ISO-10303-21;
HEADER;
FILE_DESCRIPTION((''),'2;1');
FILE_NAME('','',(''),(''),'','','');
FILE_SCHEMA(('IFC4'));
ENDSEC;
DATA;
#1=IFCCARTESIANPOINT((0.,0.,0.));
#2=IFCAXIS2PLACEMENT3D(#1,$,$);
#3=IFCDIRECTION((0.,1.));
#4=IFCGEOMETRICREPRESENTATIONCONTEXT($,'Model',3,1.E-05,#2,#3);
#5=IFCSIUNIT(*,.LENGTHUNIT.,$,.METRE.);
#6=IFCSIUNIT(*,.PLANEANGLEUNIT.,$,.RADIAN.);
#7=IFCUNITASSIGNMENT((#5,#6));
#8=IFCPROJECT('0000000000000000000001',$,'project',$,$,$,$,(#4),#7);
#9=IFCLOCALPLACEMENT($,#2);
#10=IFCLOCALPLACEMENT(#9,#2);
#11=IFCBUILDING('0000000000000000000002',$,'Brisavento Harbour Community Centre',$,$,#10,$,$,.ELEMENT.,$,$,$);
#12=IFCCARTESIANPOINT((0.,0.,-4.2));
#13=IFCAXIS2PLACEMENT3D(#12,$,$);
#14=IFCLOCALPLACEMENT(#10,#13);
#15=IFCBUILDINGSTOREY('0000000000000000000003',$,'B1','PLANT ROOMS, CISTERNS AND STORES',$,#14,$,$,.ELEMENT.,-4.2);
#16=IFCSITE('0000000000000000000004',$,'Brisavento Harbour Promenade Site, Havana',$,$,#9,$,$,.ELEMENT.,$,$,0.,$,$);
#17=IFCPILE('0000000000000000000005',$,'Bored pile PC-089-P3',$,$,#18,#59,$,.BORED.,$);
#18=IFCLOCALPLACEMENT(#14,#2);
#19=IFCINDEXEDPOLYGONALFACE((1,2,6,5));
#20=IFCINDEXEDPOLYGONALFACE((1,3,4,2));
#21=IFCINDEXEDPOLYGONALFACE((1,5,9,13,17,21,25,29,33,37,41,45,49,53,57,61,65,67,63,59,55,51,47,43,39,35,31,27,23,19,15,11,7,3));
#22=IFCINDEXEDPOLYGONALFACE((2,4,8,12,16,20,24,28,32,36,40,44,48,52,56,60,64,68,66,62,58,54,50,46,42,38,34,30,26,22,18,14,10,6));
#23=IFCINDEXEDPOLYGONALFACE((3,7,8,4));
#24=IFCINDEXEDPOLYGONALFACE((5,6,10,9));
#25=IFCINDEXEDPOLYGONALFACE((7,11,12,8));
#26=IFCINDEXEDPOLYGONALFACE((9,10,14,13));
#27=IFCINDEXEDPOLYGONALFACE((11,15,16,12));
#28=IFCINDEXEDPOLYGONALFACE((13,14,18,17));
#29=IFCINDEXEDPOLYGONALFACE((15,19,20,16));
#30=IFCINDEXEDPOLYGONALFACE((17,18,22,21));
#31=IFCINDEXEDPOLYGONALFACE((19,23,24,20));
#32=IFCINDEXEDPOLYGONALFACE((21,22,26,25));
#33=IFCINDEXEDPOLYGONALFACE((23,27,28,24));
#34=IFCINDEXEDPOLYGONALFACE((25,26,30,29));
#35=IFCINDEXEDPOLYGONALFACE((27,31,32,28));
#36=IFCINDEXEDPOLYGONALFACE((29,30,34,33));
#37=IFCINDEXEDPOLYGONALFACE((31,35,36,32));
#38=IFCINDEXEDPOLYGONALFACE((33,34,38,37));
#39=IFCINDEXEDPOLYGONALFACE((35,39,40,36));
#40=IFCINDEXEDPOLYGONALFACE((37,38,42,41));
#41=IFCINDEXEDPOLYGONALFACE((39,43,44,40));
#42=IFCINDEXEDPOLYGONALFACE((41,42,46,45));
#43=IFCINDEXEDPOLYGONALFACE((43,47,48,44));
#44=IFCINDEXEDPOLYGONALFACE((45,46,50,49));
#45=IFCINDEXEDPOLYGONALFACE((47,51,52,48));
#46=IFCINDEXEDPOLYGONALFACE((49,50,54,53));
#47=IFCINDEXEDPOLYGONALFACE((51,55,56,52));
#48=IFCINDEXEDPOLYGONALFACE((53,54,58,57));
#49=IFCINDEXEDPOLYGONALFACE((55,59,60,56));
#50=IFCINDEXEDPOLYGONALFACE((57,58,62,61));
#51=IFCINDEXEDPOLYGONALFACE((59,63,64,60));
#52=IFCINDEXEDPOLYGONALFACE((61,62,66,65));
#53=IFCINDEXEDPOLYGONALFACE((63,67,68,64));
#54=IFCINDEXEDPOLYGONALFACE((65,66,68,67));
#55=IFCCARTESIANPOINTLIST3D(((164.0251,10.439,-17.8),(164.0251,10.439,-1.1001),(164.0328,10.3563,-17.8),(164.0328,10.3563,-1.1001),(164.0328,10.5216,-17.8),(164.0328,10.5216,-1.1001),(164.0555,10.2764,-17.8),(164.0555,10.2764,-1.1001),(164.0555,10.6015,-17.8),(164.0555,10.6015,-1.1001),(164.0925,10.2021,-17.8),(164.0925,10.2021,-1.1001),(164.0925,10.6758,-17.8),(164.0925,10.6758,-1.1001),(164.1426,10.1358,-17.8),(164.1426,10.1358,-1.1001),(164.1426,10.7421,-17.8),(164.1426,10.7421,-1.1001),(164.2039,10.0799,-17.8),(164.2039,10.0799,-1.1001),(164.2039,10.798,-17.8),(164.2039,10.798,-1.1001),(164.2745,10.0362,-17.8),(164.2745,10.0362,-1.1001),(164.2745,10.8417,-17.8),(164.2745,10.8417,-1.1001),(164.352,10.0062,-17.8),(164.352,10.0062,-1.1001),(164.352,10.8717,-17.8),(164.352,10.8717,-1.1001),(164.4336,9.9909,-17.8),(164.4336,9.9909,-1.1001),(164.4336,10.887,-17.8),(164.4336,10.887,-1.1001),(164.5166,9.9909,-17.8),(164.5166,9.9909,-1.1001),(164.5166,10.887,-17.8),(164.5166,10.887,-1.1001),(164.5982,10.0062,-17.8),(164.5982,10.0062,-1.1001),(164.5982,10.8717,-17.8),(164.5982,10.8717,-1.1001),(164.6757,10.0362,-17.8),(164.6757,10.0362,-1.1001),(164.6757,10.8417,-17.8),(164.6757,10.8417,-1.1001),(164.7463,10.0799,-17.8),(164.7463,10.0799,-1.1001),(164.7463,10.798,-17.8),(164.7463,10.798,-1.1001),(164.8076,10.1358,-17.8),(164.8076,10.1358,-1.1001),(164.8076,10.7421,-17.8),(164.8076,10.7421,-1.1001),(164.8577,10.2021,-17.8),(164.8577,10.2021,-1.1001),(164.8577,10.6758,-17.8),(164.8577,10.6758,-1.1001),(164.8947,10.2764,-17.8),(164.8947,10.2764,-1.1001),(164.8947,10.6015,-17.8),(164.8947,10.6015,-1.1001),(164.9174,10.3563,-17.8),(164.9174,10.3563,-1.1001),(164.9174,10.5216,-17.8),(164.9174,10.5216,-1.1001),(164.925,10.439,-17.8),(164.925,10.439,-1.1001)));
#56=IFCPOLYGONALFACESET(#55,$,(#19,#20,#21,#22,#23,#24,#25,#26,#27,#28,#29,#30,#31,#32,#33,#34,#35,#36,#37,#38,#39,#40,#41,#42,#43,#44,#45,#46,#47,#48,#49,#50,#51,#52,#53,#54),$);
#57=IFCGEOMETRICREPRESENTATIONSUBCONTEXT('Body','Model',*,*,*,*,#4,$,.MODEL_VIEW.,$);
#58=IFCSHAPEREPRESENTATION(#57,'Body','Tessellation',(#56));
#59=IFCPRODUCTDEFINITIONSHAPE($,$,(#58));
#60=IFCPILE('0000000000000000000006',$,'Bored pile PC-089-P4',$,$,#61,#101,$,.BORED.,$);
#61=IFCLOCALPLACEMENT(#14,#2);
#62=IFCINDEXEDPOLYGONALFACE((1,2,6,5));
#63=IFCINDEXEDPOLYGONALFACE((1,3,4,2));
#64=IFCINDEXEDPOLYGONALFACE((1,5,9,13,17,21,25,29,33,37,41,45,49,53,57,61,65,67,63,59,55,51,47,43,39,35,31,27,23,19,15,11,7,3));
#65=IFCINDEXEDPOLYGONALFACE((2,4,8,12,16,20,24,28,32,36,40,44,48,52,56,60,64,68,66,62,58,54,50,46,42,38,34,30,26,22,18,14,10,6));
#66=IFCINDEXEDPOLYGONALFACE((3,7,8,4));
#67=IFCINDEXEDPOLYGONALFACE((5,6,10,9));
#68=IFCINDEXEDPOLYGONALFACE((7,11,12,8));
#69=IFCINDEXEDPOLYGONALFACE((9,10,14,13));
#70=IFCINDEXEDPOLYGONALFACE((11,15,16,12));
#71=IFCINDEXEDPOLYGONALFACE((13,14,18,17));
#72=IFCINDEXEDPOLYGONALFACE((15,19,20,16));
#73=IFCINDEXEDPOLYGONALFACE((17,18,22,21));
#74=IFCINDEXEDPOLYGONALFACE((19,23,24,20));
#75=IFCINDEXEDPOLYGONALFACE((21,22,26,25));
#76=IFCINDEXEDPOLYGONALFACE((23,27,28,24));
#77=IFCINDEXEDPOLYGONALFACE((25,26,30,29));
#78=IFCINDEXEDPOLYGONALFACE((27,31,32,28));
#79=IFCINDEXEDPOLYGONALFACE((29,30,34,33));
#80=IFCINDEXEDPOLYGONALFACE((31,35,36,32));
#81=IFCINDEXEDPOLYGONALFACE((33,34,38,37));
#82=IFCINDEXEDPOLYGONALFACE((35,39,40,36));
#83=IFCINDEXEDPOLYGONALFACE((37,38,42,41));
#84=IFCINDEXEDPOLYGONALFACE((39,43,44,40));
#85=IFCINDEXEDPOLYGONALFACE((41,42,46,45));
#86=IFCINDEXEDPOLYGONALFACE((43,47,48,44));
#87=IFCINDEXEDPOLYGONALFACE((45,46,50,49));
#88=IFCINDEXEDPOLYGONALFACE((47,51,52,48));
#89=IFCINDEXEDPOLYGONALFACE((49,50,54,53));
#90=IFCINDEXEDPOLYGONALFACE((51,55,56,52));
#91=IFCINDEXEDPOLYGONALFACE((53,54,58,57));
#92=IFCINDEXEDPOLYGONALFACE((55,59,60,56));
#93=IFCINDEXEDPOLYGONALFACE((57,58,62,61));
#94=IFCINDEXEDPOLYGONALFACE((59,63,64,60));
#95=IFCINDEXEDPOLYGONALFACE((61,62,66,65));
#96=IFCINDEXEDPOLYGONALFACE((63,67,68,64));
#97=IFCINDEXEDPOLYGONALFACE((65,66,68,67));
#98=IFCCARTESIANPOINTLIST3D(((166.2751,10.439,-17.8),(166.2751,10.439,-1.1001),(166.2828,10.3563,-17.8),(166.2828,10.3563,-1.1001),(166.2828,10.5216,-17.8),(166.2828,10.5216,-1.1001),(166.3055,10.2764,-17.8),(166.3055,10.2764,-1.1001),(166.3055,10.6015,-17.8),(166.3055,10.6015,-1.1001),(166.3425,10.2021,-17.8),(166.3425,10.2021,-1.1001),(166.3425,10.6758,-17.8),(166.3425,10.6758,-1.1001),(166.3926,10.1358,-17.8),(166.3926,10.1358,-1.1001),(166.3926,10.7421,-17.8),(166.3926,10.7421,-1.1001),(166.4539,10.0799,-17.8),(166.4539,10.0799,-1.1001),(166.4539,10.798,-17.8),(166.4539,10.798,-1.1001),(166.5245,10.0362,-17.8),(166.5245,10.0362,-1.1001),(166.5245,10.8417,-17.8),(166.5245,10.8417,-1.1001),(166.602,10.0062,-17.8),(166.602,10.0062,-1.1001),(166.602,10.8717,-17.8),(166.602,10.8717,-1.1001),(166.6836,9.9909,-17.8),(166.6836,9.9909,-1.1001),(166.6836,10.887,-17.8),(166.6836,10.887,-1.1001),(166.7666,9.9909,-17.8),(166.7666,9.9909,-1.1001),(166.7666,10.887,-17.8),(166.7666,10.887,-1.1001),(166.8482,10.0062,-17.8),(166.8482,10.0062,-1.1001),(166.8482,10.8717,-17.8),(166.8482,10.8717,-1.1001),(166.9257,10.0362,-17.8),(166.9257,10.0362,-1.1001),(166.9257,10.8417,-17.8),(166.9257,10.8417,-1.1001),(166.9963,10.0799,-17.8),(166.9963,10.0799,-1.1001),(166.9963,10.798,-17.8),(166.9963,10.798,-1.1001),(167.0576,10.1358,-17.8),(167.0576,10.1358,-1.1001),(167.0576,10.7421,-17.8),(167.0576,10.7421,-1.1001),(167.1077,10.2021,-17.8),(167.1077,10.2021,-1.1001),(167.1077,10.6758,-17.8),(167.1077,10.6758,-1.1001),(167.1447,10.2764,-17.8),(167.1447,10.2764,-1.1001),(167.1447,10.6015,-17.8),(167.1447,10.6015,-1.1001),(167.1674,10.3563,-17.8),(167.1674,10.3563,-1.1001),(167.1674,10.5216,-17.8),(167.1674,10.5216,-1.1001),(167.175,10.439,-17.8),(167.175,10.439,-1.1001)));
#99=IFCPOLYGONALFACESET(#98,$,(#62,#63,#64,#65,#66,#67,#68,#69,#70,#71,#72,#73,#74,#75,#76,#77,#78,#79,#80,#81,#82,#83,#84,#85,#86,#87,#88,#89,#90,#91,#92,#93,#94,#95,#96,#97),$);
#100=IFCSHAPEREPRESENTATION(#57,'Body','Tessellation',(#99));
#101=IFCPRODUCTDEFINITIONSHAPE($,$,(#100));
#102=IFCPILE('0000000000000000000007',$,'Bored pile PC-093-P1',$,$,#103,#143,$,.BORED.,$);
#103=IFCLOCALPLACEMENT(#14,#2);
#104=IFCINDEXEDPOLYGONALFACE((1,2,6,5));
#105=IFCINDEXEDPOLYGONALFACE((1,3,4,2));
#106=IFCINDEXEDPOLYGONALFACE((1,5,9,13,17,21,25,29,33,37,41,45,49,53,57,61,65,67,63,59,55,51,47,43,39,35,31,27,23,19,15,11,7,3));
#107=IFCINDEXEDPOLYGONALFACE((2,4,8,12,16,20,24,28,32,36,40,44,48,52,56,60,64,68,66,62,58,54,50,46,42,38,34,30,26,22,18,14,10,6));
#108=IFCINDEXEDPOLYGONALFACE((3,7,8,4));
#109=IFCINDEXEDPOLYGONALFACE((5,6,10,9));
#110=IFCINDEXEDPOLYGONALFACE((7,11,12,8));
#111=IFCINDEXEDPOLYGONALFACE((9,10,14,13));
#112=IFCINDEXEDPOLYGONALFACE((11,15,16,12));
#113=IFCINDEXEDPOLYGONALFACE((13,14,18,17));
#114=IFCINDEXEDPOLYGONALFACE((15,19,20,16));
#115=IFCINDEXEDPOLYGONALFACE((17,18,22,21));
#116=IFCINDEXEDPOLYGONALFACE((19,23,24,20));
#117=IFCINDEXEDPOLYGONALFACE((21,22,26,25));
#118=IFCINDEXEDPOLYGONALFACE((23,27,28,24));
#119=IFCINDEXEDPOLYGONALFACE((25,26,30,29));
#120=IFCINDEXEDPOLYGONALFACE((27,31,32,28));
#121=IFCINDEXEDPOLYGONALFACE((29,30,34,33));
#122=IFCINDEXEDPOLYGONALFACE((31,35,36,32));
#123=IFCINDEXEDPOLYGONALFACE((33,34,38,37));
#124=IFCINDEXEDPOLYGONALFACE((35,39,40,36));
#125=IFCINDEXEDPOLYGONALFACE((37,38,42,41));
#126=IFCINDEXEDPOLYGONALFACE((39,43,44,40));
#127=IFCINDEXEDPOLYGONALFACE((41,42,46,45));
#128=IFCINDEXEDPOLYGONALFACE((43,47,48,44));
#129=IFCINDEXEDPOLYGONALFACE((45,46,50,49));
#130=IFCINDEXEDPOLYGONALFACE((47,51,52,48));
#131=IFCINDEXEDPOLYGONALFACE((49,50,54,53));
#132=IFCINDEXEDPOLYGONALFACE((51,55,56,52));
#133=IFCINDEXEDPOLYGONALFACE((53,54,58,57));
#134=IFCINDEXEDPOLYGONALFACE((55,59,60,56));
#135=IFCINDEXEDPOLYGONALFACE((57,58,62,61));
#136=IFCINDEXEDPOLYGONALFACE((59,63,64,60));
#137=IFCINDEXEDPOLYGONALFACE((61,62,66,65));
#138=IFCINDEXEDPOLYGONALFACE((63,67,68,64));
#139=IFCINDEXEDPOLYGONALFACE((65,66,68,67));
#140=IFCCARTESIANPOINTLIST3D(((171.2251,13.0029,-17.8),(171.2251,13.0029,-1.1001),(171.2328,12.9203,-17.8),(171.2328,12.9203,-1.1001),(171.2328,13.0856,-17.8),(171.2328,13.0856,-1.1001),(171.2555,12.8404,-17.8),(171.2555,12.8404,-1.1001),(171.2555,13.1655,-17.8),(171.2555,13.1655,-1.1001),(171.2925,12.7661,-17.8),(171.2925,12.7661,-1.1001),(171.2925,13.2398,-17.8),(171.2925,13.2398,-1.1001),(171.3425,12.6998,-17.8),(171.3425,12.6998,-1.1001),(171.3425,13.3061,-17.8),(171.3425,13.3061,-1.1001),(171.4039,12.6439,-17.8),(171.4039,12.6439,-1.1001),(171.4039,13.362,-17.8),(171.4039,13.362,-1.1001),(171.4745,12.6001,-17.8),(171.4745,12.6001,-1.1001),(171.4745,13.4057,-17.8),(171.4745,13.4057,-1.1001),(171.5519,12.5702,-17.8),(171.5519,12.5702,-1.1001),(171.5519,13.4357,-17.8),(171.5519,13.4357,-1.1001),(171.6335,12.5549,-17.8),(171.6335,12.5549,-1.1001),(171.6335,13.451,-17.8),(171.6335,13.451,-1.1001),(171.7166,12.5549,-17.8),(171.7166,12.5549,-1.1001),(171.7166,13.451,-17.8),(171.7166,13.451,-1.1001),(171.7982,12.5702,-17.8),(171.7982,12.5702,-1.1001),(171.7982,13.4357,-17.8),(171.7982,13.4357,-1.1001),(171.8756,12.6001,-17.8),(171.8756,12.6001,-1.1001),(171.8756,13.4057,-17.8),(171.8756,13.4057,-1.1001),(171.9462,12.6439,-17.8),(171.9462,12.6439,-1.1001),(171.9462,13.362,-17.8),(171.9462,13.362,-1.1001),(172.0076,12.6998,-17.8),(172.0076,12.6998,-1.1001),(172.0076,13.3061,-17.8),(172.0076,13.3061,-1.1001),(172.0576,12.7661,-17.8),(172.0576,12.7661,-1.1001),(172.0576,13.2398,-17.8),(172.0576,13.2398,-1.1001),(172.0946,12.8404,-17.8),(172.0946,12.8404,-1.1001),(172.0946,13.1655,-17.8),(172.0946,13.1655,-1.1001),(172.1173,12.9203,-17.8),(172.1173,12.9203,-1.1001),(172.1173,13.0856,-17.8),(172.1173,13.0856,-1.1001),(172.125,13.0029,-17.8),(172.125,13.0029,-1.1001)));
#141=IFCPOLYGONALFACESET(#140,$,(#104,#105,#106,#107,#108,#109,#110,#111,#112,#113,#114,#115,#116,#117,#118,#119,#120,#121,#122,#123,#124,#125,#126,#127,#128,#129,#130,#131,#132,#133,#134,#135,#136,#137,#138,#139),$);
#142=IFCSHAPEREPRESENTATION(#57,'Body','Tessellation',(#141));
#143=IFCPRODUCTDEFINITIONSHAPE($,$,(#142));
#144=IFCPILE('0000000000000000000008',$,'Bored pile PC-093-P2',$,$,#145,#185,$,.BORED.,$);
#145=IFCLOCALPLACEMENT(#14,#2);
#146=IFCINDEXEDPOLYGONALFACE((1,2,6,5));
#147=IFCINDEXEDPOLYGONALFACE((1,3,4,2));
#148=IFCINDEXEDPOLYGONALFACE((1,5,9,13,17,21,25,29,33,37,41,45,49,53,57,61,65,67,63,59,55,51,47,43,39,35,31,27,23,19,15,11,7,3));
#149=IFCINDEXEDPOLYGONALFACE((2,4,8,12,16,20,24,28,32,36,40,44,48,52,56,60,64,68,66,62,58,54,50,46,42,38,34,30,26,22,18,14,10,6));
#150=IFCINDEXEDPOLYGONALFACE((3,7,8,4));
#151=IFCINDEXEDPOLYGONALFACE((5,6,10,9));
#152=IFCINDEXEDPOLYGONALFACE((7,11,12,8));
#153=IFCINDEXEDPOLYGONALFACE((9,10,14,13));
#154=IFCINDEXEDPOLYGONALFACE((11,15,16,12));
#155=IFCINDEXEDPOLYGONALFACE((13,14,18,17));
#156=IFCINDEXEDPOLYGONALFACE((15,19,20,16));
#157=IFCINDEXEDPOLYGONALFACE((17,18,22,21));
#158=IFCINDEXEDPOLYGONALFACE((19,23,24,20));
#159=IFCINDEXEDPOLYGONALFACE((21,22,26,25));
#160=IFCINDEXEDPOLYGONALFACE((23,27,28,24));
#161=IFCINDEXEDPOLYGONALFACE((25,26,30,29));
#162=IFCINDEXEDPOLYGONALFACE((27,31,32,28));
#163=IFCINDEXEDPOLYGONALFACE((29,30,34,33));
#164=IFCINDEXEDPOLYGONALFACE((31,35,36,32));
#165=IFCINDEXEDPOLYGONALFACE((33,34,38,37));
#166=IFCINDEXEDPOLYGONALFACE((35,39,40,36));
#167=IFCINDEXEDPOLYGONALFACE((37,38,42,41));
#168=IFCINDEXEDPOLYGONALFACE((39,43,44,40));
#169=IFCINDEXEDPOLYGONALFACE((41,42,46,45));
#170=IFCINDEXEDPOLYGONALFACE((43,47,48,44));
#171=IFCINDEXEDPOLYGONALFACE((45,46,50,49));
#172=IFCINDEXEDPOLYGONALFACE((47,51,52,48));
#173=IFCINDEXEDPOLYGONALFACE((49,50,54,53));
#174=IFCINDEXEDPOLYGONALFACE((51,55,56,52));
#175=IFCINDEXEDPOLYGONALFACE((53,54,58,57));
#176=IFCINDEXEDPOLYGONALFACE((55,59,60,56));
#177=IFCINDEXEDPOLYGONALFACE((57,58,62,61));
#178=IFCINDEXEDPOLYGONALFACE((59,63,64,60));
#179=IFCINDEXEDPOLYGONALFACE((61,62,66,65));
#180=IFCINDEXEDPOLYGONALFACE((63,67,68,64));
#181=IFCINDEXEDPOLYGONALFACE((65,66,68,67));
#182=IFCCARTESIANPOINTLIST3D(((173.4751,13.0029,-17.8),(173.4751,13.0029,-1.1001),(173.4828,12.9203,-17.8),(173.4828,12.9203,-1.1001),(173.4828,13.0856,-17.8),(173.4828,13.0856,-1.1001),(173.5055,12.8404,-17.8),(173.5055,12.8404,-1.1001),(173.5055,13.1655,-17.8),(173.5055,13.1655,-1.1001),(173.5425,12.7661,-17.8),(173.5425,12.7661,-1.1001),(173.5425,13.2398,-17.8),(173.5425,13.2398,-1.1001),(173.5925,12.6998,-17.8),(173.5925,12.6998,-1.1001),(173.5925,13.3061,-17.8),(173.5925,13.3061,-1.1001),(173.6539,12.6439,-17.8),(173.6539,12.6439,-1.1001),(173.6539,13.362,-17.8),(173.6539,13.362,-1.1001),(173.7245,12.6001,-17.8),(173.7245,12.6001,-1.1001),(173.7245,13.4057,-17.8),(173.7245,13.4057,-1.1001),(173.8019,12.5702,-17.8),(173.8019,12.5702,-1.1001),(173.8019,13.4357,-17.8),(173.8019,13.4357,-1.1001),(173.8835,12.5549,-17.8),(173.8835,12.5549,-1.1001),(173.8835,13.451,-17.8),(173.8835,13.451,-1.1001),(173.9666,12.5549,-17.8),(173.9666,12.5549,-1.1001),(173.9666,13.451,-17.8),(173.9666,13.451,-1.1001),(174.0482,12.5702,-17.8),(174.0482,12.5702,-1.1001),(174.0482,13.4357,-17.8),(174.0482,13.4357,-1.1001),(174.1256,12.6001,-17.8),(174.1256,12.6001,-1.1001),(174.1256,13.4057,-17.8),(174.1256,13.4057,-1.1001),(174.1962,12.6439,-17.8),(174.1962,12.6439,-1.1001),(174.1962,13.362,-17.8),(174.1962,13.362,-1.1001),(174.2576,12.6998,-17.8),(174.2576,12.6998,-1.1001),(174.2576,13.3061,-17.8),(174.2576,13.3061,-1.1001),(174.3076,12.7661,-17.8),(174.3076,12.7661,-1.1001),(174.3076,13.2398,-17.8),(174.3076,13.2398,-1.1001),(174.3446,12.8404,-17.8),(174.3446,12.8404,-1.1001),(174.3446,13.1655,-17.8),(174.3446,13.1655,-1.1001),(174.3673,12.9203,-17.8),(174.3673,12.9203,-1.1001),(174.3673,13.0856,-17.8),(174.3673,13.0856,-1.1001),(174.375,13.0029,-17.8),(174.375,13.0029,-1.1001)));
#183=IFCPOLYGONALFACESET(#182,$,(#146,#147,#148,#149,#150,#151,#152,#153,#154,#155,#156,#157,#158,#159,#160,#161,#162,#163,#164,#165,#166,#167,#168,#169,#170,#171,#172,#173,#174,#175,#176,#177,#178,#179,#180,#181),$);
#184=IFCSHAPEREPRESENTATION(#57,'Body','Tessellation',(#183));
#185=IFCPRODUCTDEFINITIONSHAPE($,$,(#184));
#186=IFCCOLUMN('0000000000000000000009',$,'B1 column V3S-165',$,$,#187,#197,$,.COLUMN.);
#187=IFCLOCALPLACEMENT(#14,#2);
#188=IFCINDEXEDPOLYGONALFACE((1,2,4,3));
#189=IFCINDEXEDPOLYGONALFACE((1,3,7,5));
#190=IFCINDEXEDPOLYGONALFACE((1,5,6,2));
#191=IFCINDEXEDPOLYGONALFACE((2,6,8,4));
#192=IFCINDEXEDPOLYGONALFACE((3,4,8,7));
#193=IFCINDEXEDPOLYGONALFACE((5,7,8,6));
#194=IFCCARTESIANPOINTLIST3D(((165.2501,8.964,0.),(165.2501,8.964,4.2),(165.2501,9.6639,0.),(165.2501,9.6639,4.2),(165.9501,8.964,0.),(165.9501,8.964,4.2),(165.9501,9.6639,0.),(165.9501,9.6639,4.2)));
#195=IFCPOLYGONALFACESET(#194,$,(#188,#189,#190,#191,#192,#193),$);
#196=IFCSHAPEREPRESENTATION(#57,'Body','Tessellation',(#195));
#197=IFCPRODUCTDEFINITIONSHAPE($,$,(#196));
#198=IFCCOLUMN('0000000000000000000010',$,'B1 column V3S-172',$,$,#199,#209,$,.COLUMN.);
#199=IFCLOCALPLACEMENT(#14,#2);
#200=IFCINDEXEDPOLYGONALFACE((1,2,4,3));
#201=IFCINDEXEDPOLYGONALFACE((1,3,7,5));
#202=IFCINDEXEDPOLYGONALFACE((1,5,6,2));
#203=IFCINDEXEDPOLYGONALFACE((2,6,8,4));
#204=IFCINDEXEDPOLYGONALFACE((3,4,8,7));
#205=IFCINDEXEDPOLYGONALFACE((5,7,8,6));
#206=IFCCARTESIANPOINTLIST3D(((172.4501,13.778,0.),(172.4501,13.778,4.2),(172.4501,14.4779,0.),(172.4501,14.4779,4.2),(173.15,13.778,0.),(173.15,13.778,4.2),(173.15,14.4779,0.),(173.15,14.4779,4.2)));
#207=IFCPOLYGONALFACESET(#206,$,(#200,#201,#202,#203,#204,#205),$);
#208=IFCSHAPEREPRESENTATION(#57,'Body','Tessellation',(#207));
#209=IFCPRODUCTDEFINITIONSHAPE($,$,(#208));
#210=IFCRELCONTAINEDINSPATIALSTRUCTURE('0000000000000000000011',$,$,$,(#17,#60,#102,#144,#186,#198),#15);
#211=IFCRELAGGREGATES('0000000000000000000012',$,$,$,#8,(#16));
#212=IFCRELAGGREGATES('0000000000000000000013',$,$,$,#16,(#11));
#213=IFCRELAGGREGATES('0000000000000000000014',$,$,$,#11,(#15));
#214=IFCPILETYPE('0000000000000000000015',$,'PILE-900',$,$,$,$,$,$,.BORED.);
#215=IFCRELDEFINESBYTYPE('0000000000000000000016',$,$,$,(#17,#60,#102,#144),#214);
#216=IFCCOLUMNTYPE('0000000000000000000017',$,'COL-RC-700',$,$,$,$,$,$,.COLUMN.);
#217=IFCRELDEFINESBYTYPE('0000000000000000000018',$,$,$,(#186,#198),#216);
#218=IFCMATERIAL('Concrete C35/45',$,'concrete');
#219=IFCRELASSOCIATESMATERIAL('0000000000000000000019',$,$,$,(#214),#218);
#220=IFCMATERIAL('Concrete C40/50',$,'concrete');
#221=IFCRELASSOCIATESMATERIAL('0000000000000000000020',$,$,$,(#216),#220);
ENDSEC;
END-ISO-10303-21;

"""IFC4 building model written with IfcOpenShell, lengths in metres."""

from ifc_helpers import new_model, si_unit, direction, frame, origin, origin_2d, place, context, subcontext, project, spatial, rectangle, circle, extrude, material, material_profile, profile_set, type_object, element, save


model = new_model("IFC4")

# Units and contexts
model_context = context("Model", 3, precision=1e-05, world=origin(), true_north=direction((0.0, 1.0)))
body_context = subcontext(model_context, "Body", "Model", "MODEL_VIEW")
ifc_project = project(units=[si_unit("LENGTHUNIT", "METRE"), si_unit("PLANEANGLEUNIT", "RADIAN")], contexts=[model_context])

# Site, building, storey
site_placement = place(None, origin())
site = spatial("IfcSite", under=ifc_project, at=site_placement, Name="Brisavento Harbour Promenade Site, Havana", CompositionType="ELEMENT", RefElevation=0.0)
building_placement = place(site_placement, origin())
building = spatial("IfcBuilding", under=site, at=building_placement, Name="Brisavento Harbour Community Centre", CompositionType="ELEMENT")
storey_placement = place(building_placement, frame((0.0, 0.0, -4.2)))
storey = spatial("IfcBuildingStorey", under=building, at=storey_placement, Name="B1", Description="PLANT ROOMS, CISTERNS AND STORES", CompositionType="ELEMENT", Elevation=-4.2)

# Shared definitions
ifc_material_1 = material(Name="Concrete C35/45", Category="concrete")

# Piles
ifc_material_profile_1 = material_profile(ifc_material_1, circle(Radius=0.45, at=origin_2d()), Name="Concrete C35/45")
ifc_profile_set_1 = profile_set([ifc_material_profile_1], Name="Concrete C35/45")
pile_type = type_object("IfcPileType", Name="PILE-900", PredefinedType="BORED", material=ifc_profile_set_1)
for number, where, z_axis, x_axis, name in (
    (1, (164.4751, 10.439, -1.1001), (0.0, 0.0, -1.0), (1.0, 0.0, 0.0), "Bored pile PC-089-P3"),
    (2, (166.7251, 10.439, -1.1001), (0.0, 0.0, -1.0), (1.0, 0.0, 0.0), "Bored pile PC-089-P4"),
    (3, (171.675, 13.0029, -1.1001), (0.0, 0.0, -1.0), (1.0, 0.0, 0.0), "Bored pile PC-093-P1"),
    (4, (173.925, 13.0029, -1.1001), (0.0, 0.0, -1.0), (1.0, 0.0, 0.0), "Bored pile PC-093-P2"),
):
    element("IfcPile", number, at=place(storey_placement, frame(where, z_axis=z_axis, x_axis=x_axis)), inside=storey, type_object=pile_type, Name=name, PredefinedType="BORED", context=body_context, shape_type="SweptSolid", body=[
        extrude(circle(Radius=0.45, at=origin_2d()), origin(), (0.0, 0.0, 1.0), 16.7),
    ])

# Columns
ifc_material_2 = material(Name="Concrete C40/50", Category="concrete")
ifc_material_profile_2 = material_profile(ifc_material_2, rectangle(XDim=0.7, YDim=0.7, at=origin_2d()), Name="Concrete C40/50")
ifc_profile_set_2 = profile_set([ifc_material_profile_2], Name="Concrete C40/50")
column_type = type_object("IfcColumnType", Name="COL-RC-700", PredefinedType="COLUMN", material=ifc_profile_set_2)
for number, where, z_axis, x_axis, name in (
    (5, (165.6001, 9.314, 0.0), (0.0, 0.0, 1.0), (1.0, 0.0, 0.0), "B1 column V3S-165"),
    (6, (172.8, 14.1279, 0.0), (0.0, 0.0, 1.0), (1.0, 0.0, 0.0), "B1 column V3S-172"),
):
    element("IfcColumn", number, at=place(storey_placement, frame(where, z_axis=z_axis, x_axis=x_axis)), inside=storey, type_object=column_type, Name=name, PredefinedType="COLUMN", context=body_context, shape_type="SweptSolid", body=[
        extrude(rectangle(XDim=0.7, YDim=0.7, at=origin_2d()), origin(), (0.0, 0.0, 1.0), 4.2),
    ])

save(model, "model.ifc")
